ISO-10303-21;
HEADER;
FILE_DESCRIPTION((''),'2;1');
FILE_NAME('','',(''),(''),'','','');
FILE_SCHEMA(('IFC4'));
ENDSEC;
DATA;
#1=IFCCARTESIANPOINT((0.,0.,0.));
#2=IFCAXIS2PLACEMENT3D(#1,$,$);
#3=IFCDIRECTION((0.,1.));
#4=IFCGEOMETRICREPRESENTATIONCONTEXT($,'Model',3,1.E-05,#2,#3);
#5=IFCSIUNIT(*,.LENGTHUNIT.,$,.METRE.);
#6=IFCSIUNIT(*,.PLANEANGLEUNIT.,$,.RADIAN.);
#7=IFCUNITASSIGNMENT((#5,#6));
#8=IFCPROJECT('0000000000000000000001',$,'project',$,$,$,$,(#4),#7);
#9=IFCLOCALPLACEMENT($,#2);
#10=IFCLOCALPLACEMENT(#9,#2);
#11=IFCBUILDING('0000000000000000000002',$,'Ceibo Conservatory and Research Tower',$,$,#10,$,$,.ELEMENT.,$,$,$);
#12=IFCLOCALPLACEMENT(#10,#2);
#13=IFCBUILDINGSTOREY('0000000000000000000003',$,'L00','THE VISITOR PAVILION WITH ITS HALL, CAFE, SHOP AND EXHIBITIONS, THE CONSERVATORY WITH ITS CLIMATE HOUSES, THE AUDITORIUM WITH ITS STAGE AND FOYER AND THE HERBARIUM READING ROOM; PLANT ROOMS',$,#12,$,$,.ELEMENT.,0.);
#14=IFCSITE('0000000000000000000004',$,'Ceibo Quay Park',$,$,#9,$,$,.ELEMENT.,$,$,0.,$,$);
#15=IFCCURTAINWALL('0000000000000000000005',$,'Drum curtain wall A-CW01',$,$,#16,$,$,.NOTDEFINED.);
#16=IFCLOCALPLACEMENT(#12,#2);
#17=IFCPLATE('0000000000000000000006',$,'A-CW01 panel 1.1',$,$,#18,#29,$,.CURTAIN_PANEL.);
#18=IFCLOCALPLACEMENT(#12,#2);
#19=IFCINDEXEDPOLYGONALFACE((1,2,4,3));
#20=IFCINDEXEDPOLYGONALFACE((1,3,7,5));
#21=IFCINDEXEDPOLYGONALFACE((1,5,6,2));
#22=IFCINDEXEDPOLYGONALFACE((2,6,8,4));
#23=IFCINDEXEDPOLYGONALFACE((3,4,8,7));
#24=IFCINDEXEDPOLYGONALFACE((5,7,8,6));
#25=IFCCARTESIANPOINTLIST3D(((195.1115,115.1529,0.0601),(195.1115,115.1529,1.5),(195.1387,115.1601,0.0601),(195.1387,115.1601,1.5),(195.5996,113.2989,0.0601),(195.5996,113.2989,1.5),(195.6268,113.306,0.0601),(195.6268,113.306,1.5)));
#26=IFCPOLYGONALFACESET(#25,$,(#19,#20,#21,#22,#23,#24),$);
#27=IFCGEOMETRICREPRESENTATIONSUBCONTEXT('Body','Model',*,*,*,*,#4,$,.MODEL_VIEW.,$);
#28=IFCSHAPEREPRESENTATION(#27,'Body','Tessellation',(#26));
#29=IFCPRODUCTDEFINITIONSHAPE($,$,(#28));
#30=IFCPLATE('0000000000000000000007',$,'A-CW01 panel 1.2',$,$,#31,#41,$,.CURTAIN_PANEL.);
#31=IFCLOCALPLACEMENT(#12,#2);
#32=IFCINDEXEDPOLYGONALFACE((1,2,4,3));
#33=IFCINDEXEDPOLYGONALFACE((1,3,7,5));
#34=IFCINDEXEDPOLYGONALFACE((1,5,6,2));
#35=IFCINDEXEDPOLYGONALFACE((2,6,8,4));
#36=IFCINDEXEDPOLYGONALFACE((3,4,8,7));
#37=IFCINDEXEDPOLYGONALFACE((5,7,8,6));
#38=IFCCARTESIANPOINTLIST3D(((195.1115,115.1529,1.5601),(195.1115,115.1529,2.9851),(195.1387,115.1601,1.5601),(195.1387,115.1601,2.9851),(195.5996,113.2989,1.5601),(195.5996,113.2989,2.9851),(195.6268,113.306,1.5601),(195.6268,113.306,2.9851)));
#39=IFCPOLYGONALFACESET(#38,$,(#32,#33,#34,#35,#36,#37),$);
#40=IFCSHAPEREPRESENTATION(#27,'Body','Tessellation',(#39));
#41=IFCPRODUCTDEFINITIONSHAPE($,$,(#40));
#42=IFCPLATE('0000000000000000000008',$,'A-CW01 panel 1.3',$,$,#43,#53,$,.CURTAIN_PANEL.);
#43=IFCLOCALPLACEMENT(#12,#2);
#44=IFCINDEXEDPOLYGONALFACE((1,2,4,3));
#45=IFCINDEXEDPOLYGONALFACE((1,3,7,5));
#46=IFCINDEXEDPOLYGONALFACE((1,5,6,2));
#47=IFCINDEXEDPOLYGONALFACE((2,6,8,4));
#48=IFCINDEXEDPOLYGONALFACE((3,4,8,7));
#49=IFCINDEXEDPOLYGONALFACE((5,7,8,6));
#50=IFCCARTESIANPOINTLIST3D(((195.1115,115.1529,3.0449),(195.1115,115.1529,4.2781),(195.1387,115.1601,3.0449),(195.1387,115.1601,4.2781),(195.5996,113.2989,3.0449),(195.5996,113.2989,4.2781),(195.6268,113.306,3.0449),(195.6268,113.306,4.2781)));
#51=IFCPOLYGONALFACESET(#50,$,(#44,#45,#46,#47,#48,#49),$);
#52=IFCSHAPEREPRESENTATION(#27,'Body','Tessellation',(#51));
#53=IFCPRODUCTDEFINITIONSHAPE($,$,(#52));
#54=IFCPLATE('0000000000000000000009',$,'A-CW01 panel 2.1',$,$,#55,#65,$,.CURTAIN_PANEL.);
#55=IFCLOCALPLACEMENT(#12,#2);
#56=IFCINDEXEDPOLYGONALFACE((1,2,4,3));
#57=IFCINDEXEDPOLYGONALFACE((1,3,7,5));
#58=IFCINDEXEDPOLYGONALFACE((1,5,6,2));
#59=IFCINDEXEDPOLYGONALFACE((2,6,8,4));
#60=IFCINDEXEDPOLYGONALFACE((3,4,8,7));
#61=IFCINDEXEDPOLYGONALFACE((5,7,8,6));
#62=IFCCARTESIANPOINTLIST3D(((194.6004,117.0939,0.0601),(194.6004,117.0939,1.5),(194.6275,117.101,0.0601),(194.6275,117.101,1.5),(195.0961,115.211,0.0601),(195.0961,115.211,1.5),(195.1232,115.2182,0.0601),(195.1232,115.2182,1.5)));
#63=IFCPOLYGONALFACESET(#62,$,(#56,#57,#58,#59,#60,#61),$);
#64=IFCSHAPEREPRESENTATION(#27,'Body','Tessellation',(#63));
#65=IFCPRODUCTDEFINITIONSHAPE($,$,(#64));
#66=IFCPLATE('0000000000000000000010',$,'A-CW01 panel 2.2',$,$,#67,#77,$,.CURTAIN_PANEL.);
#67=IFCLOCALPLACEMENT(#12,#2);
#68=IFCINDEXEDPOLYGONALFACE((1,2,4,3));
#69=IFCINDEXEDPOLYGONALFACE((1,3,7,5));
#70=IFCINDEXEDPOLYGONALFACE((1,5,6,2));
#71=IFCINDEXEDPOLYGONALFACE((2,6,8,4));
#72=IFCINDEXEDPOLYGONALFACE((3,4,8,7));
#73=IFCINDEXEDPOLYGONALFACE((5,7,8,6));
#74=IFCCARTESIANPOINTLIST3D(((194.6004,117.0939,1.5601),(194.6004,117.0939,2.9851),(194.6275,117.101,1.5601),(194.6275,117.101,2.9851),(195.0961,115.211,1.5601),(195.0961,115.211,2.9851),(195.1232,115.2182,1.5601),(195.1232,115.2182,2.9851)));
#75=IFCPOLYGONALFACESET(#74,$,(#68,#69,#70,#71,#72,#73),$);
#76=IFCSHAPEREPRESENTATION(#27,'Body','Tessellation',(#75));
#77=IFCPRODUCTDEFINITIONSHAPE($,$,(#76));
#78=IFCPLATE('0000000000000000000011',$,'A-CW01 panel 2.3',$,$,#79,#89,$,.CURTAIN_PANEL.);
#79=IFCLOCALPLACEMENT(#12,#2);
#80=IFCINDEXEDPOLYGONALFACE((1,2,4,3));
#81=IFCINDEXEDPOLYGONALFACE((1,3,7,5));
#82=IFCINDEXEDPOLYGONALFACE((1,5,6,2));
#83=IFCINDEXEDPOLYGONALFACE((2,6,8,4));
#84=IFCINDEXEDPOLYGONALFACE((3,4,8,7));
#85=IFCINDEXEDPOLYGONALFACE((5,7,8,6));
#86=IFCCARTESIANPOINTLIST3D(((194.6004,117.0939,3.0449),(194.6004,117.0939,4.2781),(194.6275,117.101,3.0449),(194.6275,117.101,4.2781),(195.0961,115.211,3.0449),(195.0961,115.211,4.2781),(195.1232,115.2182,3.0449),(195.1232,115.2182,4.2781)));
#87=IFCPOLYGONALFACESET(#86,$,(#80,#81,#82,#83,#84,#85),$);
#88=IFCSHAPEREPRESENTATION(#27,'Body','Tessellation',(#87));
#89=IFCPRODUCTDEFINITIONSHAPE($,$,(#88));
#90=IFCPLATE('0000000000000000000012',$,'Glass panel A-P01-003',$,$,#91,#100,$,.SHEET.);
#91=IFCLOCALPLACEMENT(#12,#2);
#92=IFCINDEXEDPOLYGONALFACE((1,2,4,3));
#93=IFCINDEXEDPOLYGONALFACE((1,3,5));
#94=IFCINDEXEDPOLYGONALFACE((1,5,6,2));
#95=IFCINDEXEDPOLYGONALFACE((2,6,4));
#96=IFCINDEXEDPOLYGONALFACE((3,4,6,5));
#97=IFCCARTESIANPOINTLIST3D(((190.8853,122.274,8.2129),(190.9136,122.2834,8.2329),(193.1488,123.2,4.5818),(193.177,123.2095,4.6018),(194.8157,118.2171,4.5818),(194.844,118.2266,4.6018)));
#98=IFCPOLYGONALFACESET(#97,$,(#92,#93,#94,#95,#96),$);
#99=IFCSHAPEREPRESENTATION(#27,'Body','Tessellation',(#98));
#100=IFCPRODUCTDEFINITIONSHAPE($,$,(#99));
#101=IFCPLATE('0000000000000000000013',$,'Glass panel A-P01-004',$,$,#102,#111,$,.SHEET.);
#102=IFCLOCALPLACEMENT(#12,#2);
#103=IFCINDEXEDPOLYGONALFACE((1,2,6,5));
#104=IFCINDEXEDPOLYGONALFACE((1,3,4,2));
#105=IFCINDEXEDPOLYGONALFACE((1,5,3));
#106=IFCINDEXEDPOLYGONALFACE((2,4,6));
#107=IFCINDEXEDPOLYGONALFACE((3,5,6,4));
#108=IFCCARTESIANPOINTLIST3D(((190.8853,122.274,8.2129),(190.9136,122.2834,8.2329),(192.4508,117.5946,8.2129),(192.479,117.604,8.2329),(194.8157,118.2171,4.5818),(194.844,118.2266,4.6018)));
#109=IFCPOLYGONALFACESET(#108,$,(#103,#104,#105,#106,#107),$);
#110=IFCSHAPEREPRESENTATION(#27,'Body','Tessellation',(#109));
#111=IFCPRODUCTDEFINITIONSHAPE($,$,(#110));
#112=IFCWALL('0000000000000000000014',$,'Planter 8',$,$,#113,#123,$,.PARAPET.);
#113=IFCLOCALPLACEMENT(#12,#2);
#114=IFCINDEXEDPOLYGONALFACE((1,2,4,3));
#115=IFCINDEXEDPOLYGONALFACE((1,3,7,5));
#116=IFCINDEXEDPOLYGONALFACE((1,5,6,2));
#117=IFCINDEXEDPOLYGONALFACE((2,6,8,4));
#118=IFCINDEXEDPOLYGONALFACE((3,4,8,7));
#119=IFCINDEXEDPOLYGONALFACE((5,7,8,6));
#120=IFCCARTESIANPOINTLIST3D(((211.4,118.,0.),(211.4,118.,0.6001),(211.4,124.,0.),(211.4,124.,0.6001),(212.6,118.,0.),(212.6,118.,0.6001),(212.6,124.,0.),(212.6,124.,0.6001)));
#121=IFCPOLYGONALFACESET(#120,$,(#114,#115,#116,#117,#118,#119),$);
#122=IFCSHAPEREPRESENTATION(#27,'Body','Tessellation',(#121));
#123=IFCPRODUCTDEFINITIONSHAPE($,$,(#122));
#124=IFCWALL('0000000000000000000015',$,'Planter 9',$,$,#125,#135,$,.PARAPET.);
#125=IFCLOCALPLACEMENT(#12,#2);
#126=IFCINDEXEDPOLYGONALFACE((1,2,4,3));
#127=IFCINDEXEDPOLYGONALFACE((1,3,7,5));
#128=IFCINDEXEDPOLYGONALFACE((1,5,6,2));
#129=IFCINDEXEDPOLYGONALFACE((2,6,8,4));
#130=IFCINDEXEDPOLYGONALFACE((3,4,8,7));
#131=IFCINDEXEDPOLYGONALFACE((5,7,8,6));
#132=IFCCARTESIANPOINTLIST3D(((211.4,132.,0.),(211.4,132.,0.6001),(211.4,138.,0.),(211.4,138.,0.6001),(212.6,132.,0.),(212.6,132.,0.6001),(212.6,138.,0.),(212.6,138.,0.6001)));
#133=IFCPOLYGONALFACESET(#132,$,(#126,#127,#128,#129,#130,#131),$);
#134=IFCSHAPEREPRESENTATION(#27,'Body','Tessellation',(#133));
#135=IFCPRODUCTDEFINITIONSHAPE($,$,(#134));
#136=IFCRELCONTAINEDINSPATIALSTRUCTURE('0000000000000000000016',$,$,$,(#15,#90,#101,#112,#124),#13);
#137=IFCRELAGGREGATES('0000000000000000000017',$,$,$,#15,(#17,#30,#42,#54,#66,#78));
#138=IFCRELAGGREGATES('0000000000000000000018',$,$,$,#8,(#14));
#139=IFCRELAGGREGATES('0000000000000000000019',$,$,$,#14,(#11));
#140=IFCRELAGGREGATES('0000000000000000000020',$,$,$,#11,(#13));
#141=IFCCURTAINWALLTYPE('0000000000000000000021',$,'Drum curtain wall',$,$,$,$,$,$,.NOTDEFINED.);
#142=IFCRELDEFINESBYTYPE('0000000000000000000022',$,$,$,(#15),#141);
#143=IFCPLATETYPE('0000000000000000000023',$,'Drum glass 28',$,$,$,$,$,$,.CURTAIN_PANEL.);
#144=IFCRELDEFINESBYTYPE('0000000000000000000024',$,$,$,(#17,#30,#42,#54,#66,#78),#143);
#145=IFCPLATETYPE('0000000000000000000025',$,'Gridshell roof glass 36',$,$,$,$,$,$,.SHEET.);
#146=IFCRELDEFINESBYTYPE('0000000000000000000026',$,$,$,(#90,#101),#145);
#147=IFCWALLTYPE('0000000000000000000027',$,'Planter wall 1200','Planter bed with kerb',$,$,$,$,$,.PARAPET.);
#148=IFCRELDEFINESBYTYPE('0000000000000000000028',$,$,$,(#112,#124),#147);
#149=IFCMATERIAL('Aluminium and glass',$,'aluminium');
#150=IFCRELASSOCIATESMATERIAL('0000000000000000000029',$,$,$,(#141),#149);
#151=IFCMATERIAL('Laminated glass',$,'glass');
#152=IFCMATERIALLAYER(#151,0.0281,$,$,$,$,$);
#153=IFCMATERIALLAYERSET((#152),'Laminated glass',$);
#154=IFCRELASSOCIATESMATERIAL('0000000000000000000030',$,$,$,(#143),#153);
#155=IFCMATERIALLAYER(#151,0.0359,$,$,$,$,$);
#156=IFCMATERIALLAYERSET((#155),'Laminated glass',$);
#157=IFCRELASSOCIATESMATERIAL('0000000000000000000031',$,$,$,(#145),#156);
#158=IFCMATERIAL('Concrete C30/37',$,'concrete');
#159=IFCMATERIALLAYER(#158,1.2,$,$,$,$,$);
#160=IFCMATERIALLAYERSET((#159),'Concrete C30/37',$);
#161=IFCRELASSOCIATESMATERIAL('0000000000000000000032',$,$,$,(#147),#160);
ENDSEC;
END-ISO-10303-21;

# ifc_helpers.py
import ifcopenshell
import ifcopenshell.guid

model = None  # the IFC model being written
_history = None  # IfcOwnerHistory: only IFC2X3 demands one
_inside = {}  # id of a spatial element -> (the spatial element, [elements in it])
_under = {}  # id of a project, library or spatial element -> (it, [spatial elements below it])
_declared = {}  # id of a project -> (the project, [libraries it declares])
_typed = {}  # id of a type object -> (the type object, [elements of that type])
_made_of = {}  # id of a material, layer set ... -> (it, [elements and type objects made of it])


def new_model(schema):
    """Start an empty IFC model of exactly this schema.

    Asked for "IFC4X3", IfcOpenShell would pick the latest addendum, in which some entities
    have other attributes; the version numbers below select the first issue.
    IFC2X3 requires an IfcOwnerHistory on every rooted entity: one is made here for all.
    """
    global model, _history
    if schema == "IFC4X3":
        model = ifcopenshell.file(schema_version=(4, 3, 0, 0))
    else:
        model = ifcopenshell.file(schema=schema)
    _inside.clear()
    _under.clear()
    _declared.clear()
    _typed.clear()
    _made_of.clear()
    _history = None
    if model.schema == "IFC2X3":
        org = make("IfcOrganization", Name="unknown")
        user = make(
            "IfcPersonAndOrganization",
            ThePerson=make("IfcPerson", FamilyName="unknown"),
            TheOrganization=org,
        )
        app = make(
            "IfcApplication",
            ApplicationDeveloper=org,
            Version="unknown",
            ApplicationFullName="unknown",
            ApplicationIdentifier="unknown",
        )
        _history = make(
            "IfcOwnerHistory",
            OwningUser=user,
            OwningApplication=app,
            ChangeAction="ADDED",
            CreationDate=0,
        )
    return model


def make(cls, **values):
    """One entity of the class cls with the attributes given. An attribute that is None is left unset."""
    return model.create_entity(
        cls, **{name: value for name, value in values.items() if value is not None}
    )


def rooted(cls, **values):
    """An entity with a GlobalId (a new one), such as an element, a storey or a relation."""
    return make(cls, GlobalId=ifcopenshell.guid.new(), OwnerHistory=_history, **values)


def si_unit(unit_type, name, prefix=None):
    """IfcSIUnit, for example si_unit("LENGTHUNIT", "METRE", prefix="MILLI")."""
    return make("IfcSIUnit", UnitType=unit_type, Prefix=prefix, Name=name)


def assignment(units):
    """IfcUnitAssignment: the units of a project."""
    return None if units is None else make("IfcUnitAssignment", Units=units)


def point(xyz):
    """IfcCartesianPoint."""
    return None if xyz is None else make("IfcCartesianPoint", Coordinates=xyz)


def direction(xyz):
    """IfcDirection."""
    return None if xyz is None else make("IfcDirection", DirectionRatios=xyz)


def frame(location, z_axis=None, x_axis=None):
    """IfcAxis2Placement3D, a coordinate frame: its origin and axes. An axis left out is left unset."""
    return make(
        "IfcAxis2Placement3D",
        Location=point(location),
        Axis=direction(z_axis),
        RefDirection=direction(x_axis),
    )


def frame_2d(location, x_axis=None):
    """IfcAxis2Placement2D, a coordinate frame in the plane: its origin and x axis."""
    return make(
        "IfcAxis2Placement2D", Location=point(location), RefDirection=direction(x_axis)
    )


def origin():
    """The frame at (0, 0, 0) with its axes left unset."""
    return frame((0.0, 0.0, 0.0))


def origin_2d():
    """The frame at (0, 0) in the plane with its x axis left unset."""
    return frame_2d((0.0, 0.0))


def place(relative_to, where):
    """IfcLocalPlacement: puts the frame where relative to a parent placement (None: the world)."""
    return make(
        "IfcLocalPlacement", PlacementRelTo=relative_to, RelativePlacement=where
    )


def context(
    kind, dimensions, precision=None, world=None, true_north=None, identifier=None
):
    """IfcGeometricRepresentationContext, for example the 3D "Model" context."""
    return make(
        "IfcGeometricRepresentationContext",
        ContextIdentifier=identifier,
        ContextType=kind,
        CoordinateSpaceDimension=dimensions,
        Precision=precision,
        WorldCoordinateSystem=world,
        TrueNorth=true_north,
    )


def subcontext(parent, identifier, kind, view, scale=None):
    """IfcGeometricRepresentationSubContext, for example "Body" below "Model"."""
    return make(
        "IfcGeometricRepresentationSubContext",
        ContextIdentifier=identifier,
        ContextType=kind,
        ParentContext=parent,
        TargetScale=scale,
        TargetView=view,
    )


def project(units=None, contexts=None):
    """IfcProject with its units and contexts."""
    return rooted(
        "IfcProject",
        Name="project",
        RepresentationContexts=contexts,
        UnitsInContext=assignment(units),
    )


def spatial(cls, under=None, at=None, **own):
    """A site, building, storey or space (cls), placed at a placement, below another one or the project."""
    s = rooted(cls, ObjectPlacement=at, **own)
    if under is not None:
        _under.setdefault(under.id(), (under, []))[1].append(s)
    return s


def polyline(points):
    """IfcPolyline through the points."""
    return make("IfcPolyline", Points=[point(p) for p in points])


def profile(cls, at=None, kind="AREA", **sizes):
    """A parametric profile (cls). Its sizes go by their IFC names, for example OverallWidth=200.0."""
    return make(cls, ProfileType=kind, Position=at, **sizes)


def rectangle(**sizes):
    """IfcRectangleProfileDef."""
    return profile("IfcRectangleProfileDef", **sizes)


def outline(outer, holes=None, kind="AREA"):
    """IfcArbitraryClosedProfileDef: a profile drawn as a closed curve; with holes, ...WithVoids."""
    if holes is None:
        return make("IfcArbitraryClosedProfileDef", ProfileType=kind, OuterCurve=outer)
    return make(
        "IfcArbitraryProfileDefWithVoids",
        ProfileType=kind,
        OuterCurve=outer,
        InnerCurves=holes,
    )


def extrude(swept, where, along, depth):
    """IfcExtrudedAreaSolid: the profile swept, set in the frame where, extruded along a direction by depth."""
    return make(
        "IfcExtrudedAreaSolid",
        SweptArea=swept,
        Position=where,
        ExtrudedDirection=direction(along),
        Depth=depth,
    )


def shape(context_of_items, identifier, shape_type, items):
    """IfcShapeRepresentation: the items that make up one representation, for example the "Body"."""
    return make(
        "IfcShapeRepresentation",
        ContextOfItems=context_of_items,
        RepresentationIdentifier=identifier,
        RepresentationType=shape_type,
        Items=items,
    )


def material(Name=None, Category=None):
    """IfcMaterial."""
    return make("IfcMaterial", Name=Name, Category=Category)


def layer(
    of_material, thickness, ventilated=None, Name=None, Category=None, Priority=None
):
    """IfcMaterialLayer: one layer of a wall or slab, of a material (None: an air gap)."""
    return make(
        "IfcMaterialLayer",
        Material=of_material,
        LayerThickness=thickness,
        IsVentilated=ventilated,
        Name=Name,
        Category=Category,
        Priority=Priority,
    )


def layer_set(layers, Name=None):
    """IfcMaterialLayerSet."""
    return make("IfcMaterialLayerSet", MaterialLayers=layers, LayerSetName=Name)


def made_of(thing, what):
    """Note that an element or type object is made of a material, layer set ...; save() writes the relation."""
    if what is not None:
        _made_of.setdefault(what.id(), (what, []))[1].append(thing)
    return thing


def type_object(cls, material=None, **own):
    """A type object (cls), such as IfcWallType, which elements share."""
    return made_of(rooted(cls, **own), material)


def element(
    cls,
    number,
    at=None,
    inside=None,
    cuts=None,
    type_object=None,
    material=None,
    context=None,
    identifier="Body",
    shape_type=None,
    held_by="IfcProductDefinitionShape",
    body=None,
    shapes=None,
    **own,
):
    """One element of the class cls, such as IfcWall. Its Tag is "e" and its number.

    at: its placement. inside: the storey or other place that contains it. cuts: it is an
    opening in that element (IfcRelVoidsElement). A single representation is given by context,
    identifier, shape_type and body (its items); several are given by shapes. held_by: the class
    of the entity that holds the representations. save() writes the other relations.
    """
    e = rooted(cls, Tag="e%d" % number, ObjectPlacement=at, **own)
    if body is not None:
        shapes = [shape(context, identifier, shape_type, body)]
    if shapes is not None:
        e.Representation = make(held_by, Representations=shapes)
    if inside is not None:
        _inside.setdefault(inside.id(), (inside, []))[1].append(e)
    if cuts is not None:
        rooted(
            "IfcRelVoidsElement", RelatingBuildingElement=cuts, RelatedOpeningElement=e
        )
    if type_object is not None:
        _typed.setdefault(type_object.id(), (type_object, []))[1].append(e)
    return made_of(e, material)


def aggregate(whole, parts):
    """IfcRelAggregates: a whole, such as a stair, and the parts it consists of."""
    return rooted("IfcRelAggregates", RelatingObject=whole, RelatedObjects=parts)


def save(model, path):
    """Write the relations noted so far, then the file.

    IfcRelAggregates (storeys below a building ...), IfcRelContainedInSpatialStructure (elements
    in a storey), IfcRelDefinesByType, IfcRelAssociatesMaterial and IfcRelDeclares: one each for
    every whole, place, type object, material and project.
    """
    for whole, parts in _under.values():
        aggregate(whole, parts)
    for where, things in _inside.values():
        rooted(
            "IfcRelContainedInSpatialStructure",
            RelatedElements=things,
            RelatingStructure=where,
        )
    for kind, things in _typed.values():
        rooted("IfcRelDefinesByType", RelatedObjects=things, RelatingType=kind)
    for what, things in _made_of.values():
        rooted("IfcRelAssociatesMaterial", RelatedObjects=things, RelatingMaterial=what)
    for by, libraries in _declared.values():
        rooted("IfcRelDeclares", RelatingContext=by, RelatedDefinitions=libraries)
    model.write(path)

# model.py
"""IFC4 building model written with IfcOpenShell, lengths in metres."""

from ifc_helpers import new_model, si_unit, direction, frame, frame_2d, origin, origin_2d, place, context, subcontext, project, spatial, polyline, rectangle, outline, extrude, material, layer, layer_set, type_object, element, aggregate, save


model = new_model("IFC4")

# Units and contexts
model_context = context("Model", 3, precision=1e-05, world=origin(), true_north=direction((0.0, 1.0)))
body_context = subcontext(model_context, "Body", "Model", "MODEL_VIEW")
ifc_project = project(units=[si_unit("LENGTHUNIT", "METRE"), si_unit("PLANEANGLEUNIT", "RADIAN")], contexts=[model_context])

# Site, building, storey
site_placement = place(None, origin())
site = spatial("IfcSite", under=ifc_project, at=site_placement, Name="Ceibo Quay Park", CompositionType="ELEMENT", RefElevation=0.0)
building_placement = place(site_placement, origin())
building = spatial("IfcBuilding", under=site, at=building_placement, Name="Ceibo Conservatory and Research Tower", CompositionType="ELEMENT")
storey_placement = place(building_placement, origin())
storey = spatial("IfcBuildingStorey", under=building, at=storey_placement, Name="L00", Description="THE VISITOR PAVILION WITH ITS HALL, CAFE, SHOP AND EXHIBITIONS, THE CONSERVATORY WITH ITS CLIMATE HOUSES, THE AUDITORIUM WITH ITS STAGE AND FOYER AND THE HERBARIUM READING ROOM; PLANT ROOMS", CompositionType="ELEMENT", Elevation=0.0)

# Curtain wall
ifc_material_1 = material(Name="Aluminium and glass", Category="aluminium")
curtain_wall_type = type_object("IfcCurtainWallType", Name="Drum curtain wall", PredefinedType="NOTDEFINED", material=ifc_material_1)
curtain_wall_placement = place(storey_placement, origin())
curtain_wall = element("IfcCurtainWall", 1, at=curtain_wall_placement, inside=storey, type_object=curtain_wall_type, Name="Drum curtain wall A-CW01", PredefinedType="NOTDEFINED")

# Plates
ifc_material_2 = material(Name="Laminated glass", Category="glass")
ifc_layer_1 = layer(ifc_material_2, 0.0281)
ifc_layer_set_1 = layer_set([ifc_layer_1], Name="Laminated glass")
plate_type_1 = type_object("IfcPlateType", Name="Drum glass 28", PredefinedType="CURTAIN_PANEL", material=ifc_layer_set_1)
plate_1_placement = place(storey_placement, frame((195.3691, 114.2295, 0.0601), z_axis=(0.0, 0.0, 1.0), x_axis=(-0.254602, 0.967046, 0.0)))
plate_1 = element("IfcPlate", 2, at=plate_1_placement, type_object=plate_type_1, Name="A-CW01 panel 1.1", PredefinedType="CURTAIN_PANEL", context=body_context, shape_type="SweptSolid", body=[
    extrude(rectangle(XDim=1.9172, YDim=0.0281, at=origin_2d()), origin(), (0.0, 0.0, 1.0), 1.4399),
])
plate_2_placement = place(storey_placement, frame((195.3691, 114.2295, 1.5601), z_axis=(0.0, 0.0, 1.0), x_axis=(-0.254602, 0.967046, 0.0)))
plate_2 = element("IfcPlate", 3, at=plate_2_placement, type_object=plate_type_1, Name="A-CW01 panel 1.2", PredefinedType="CURTAIN_PANEL", context=body_context, shape_type="SweptSolid", body=[
    extrude(rectangle(XDim=1.9172, YDim=0.0281, at=origin_2d()), origin(), (0.0, 0.0, 1.0), 1.425),
])
plate_3_placement = place(storey_placement, frame((195.3691, 114.2295, 3.0449), z_axis=(0.0, 0.0, 1.0), x_axis=(-0.254602, 0.967046, 0.0)))
plate_3 = element("IfcPlate", 4, at=plate_3_placement, type_object=plate_type_1, Name="A-CW01 panel 1.3", PredefinedType="CURTAIN_PANEL", context=body_context, shape_type="SweptSolid", body=[
    extrude(rectangle(XDim=1.9172, YDim=0.0281, at=origin_2d()), origin(), (0.0, 0.0, 1.0), 1.2332),
])
plate_4_placement = place(storey_placement, frame((194.8618, 116.156, 0.0601), z_axis=(0.0, 0.0, 1.0), x_axis=(-0.254602, 0.967046, 0.0)))
plate_4 = element("IfcPlate", 5, at=plate_4_placement, type_object=plate_type_1, Name="A-CW01 panel 2.1", PredefinedType="CURTAIN_PANEL", context=body_context, shape_type="SweptSolid", body=[
    extrude(rectangle(XDim=1.947, YDim=0.0281, at=origin_2d()), origin(), (0.0, 0.0, 1.0), 1.4399),
])
plate_5_placement = place(storey_placement, frame((194.8618, 116.156, 1.5601), z_axis=(0.0, 0.0, 1.0), x_axis=(-0.254602, 0.967046, 0.0)))
plate_5 = element("IfcPlate", 6, at=plate_5_placement, type_object=plate_type_1, Name="A-CW01 panel 2.2", PredefinedType="CURTAIN_PANEL", context=body_context, shape_type="SweptSolid", body=[
    extrude(rectangle(XDim=1.947, YDim=0.0281, at=origin_2d()), origin(), (0.0, 0.0, 1.0), 1.425),
])
plate_6_placement = place(storey_placement, frame((194.8618, 116.156, 3.0449), z_axis=(0.0, 0.0, 1.0), x_axis=(-0.254602, 0.967046, 0.0)))
plate_6 = element("IfcPlate", 7, at=plate_6_placement, type_object=plate_type_1, Name="A-CW01 panel 2.3", PredefinedType="CURTAIN_PANEL", context=body_context, shape_type="SweptSolid", body=[
    extrude(rectangle(XDim=1.947, YDim=0.0281, at=origin_2d()), origin(), (0.0, 0.0, 1.0), 1.2332),
])
aggregate(curtain_wall, [plate_1, plate_2, plate_3, plate_4, plate_5, plate_6])

# Plates
ifc_layer_2 = layer(ifc_material_2, 0.0359)
ifc_layer_set_2 = layer_set([ifc_layer_2], Name="Laminated glass")
plate_type_2 = type_object("IfcPlateType", Name="Gridshell roof glass 36", PredefinedType="SHEET", material=ifc_layer_set_2)
plate_7_placement = place(storey_placement, frame((194.844, 118.2266, 4.6018), z_axis=(0.787104, 0.263319, 0.55779), x_axis=(-0.317259, 0.948339, 0.0)))
element("IfcPlate", 8, at=plate_7_placement, inside=storey, type_object=plate_type_2, Name="Glass panel A-P01-003", PredefinedType="SHEET", context=body_context, shape_type="SweptSolid", body=[
    extrude(outline(polyline([(0.0, 0.0), (5.2544, 0.0), (5.0943, 4.3749), (0.0, 0.0)])), origin(), (0.0, 0.0, -1.0), 0.0359),
])
plate_8_placement = place(storey_placement, frame((194.844, 118.2266, 4.6018), z_axis=(0.787102, 0.263312, 0.557796), x_axis=(-0.585318, 0.604151, 0.540744)))
element("IfcPlate", 9, at=plate_8_placement, inside=storey, type_object=plate_type_2, Name="Glass panel A-P01-004", PredefinedType="SHEET", context=body_context, shape_type="SweptSolid", body=[
    extrude(outline(polyline([(0.0, 0.0), (6.715, 0.0), (2.9716, 3.2148), (0.0, 0.0)])), origin(), (0.0, 0.0, -1.0), 0.0359),
])

# Walls
ifc_material_3 = material(Name="Concrete C30/37", Category="concrete")
ifc_layer_3 = layer(ifc_material_3, 1.2)
ifc_layer_set_3 = layer_set([ifc_layer_3], Name="Concrete C30/37")
wall_type = type_object("IfcWallType", Name="Planter wall 1200", Description="Planter bed with kerb", PredefinedType="PARAPET", material=ifc_layer_set_3)
for number, where, z_axis, x_axis, name in (
    (10, (212.0, 118.0, 0.0), (0.0, 0.0, 1.0), (0.0, 1.0, 0.0), "Planter 8"),
    (11, (212.0, 132.0, 0.0), (0.0, 0.0, 1.0), (0.0, 1.0, 0.0), "Planter 9"),
):
    element("IfcWall", number, at=place(storey_placement, frame(where, z_axis=z_axis, x_axis=x_axis)), inside=storey, type_object=wall_type, Name=name, PredefinedType="PARAPET", context=body_context, shape_type="SweptSolid", body=[
        extrude(rectangle(XDim=6.0, YDim=1.2, at=frame_2d((3.0, 0.0))), origin(), (0.0, 0.0, 1.0), 0.6001),
    ])

save(model, "model.ifc")
